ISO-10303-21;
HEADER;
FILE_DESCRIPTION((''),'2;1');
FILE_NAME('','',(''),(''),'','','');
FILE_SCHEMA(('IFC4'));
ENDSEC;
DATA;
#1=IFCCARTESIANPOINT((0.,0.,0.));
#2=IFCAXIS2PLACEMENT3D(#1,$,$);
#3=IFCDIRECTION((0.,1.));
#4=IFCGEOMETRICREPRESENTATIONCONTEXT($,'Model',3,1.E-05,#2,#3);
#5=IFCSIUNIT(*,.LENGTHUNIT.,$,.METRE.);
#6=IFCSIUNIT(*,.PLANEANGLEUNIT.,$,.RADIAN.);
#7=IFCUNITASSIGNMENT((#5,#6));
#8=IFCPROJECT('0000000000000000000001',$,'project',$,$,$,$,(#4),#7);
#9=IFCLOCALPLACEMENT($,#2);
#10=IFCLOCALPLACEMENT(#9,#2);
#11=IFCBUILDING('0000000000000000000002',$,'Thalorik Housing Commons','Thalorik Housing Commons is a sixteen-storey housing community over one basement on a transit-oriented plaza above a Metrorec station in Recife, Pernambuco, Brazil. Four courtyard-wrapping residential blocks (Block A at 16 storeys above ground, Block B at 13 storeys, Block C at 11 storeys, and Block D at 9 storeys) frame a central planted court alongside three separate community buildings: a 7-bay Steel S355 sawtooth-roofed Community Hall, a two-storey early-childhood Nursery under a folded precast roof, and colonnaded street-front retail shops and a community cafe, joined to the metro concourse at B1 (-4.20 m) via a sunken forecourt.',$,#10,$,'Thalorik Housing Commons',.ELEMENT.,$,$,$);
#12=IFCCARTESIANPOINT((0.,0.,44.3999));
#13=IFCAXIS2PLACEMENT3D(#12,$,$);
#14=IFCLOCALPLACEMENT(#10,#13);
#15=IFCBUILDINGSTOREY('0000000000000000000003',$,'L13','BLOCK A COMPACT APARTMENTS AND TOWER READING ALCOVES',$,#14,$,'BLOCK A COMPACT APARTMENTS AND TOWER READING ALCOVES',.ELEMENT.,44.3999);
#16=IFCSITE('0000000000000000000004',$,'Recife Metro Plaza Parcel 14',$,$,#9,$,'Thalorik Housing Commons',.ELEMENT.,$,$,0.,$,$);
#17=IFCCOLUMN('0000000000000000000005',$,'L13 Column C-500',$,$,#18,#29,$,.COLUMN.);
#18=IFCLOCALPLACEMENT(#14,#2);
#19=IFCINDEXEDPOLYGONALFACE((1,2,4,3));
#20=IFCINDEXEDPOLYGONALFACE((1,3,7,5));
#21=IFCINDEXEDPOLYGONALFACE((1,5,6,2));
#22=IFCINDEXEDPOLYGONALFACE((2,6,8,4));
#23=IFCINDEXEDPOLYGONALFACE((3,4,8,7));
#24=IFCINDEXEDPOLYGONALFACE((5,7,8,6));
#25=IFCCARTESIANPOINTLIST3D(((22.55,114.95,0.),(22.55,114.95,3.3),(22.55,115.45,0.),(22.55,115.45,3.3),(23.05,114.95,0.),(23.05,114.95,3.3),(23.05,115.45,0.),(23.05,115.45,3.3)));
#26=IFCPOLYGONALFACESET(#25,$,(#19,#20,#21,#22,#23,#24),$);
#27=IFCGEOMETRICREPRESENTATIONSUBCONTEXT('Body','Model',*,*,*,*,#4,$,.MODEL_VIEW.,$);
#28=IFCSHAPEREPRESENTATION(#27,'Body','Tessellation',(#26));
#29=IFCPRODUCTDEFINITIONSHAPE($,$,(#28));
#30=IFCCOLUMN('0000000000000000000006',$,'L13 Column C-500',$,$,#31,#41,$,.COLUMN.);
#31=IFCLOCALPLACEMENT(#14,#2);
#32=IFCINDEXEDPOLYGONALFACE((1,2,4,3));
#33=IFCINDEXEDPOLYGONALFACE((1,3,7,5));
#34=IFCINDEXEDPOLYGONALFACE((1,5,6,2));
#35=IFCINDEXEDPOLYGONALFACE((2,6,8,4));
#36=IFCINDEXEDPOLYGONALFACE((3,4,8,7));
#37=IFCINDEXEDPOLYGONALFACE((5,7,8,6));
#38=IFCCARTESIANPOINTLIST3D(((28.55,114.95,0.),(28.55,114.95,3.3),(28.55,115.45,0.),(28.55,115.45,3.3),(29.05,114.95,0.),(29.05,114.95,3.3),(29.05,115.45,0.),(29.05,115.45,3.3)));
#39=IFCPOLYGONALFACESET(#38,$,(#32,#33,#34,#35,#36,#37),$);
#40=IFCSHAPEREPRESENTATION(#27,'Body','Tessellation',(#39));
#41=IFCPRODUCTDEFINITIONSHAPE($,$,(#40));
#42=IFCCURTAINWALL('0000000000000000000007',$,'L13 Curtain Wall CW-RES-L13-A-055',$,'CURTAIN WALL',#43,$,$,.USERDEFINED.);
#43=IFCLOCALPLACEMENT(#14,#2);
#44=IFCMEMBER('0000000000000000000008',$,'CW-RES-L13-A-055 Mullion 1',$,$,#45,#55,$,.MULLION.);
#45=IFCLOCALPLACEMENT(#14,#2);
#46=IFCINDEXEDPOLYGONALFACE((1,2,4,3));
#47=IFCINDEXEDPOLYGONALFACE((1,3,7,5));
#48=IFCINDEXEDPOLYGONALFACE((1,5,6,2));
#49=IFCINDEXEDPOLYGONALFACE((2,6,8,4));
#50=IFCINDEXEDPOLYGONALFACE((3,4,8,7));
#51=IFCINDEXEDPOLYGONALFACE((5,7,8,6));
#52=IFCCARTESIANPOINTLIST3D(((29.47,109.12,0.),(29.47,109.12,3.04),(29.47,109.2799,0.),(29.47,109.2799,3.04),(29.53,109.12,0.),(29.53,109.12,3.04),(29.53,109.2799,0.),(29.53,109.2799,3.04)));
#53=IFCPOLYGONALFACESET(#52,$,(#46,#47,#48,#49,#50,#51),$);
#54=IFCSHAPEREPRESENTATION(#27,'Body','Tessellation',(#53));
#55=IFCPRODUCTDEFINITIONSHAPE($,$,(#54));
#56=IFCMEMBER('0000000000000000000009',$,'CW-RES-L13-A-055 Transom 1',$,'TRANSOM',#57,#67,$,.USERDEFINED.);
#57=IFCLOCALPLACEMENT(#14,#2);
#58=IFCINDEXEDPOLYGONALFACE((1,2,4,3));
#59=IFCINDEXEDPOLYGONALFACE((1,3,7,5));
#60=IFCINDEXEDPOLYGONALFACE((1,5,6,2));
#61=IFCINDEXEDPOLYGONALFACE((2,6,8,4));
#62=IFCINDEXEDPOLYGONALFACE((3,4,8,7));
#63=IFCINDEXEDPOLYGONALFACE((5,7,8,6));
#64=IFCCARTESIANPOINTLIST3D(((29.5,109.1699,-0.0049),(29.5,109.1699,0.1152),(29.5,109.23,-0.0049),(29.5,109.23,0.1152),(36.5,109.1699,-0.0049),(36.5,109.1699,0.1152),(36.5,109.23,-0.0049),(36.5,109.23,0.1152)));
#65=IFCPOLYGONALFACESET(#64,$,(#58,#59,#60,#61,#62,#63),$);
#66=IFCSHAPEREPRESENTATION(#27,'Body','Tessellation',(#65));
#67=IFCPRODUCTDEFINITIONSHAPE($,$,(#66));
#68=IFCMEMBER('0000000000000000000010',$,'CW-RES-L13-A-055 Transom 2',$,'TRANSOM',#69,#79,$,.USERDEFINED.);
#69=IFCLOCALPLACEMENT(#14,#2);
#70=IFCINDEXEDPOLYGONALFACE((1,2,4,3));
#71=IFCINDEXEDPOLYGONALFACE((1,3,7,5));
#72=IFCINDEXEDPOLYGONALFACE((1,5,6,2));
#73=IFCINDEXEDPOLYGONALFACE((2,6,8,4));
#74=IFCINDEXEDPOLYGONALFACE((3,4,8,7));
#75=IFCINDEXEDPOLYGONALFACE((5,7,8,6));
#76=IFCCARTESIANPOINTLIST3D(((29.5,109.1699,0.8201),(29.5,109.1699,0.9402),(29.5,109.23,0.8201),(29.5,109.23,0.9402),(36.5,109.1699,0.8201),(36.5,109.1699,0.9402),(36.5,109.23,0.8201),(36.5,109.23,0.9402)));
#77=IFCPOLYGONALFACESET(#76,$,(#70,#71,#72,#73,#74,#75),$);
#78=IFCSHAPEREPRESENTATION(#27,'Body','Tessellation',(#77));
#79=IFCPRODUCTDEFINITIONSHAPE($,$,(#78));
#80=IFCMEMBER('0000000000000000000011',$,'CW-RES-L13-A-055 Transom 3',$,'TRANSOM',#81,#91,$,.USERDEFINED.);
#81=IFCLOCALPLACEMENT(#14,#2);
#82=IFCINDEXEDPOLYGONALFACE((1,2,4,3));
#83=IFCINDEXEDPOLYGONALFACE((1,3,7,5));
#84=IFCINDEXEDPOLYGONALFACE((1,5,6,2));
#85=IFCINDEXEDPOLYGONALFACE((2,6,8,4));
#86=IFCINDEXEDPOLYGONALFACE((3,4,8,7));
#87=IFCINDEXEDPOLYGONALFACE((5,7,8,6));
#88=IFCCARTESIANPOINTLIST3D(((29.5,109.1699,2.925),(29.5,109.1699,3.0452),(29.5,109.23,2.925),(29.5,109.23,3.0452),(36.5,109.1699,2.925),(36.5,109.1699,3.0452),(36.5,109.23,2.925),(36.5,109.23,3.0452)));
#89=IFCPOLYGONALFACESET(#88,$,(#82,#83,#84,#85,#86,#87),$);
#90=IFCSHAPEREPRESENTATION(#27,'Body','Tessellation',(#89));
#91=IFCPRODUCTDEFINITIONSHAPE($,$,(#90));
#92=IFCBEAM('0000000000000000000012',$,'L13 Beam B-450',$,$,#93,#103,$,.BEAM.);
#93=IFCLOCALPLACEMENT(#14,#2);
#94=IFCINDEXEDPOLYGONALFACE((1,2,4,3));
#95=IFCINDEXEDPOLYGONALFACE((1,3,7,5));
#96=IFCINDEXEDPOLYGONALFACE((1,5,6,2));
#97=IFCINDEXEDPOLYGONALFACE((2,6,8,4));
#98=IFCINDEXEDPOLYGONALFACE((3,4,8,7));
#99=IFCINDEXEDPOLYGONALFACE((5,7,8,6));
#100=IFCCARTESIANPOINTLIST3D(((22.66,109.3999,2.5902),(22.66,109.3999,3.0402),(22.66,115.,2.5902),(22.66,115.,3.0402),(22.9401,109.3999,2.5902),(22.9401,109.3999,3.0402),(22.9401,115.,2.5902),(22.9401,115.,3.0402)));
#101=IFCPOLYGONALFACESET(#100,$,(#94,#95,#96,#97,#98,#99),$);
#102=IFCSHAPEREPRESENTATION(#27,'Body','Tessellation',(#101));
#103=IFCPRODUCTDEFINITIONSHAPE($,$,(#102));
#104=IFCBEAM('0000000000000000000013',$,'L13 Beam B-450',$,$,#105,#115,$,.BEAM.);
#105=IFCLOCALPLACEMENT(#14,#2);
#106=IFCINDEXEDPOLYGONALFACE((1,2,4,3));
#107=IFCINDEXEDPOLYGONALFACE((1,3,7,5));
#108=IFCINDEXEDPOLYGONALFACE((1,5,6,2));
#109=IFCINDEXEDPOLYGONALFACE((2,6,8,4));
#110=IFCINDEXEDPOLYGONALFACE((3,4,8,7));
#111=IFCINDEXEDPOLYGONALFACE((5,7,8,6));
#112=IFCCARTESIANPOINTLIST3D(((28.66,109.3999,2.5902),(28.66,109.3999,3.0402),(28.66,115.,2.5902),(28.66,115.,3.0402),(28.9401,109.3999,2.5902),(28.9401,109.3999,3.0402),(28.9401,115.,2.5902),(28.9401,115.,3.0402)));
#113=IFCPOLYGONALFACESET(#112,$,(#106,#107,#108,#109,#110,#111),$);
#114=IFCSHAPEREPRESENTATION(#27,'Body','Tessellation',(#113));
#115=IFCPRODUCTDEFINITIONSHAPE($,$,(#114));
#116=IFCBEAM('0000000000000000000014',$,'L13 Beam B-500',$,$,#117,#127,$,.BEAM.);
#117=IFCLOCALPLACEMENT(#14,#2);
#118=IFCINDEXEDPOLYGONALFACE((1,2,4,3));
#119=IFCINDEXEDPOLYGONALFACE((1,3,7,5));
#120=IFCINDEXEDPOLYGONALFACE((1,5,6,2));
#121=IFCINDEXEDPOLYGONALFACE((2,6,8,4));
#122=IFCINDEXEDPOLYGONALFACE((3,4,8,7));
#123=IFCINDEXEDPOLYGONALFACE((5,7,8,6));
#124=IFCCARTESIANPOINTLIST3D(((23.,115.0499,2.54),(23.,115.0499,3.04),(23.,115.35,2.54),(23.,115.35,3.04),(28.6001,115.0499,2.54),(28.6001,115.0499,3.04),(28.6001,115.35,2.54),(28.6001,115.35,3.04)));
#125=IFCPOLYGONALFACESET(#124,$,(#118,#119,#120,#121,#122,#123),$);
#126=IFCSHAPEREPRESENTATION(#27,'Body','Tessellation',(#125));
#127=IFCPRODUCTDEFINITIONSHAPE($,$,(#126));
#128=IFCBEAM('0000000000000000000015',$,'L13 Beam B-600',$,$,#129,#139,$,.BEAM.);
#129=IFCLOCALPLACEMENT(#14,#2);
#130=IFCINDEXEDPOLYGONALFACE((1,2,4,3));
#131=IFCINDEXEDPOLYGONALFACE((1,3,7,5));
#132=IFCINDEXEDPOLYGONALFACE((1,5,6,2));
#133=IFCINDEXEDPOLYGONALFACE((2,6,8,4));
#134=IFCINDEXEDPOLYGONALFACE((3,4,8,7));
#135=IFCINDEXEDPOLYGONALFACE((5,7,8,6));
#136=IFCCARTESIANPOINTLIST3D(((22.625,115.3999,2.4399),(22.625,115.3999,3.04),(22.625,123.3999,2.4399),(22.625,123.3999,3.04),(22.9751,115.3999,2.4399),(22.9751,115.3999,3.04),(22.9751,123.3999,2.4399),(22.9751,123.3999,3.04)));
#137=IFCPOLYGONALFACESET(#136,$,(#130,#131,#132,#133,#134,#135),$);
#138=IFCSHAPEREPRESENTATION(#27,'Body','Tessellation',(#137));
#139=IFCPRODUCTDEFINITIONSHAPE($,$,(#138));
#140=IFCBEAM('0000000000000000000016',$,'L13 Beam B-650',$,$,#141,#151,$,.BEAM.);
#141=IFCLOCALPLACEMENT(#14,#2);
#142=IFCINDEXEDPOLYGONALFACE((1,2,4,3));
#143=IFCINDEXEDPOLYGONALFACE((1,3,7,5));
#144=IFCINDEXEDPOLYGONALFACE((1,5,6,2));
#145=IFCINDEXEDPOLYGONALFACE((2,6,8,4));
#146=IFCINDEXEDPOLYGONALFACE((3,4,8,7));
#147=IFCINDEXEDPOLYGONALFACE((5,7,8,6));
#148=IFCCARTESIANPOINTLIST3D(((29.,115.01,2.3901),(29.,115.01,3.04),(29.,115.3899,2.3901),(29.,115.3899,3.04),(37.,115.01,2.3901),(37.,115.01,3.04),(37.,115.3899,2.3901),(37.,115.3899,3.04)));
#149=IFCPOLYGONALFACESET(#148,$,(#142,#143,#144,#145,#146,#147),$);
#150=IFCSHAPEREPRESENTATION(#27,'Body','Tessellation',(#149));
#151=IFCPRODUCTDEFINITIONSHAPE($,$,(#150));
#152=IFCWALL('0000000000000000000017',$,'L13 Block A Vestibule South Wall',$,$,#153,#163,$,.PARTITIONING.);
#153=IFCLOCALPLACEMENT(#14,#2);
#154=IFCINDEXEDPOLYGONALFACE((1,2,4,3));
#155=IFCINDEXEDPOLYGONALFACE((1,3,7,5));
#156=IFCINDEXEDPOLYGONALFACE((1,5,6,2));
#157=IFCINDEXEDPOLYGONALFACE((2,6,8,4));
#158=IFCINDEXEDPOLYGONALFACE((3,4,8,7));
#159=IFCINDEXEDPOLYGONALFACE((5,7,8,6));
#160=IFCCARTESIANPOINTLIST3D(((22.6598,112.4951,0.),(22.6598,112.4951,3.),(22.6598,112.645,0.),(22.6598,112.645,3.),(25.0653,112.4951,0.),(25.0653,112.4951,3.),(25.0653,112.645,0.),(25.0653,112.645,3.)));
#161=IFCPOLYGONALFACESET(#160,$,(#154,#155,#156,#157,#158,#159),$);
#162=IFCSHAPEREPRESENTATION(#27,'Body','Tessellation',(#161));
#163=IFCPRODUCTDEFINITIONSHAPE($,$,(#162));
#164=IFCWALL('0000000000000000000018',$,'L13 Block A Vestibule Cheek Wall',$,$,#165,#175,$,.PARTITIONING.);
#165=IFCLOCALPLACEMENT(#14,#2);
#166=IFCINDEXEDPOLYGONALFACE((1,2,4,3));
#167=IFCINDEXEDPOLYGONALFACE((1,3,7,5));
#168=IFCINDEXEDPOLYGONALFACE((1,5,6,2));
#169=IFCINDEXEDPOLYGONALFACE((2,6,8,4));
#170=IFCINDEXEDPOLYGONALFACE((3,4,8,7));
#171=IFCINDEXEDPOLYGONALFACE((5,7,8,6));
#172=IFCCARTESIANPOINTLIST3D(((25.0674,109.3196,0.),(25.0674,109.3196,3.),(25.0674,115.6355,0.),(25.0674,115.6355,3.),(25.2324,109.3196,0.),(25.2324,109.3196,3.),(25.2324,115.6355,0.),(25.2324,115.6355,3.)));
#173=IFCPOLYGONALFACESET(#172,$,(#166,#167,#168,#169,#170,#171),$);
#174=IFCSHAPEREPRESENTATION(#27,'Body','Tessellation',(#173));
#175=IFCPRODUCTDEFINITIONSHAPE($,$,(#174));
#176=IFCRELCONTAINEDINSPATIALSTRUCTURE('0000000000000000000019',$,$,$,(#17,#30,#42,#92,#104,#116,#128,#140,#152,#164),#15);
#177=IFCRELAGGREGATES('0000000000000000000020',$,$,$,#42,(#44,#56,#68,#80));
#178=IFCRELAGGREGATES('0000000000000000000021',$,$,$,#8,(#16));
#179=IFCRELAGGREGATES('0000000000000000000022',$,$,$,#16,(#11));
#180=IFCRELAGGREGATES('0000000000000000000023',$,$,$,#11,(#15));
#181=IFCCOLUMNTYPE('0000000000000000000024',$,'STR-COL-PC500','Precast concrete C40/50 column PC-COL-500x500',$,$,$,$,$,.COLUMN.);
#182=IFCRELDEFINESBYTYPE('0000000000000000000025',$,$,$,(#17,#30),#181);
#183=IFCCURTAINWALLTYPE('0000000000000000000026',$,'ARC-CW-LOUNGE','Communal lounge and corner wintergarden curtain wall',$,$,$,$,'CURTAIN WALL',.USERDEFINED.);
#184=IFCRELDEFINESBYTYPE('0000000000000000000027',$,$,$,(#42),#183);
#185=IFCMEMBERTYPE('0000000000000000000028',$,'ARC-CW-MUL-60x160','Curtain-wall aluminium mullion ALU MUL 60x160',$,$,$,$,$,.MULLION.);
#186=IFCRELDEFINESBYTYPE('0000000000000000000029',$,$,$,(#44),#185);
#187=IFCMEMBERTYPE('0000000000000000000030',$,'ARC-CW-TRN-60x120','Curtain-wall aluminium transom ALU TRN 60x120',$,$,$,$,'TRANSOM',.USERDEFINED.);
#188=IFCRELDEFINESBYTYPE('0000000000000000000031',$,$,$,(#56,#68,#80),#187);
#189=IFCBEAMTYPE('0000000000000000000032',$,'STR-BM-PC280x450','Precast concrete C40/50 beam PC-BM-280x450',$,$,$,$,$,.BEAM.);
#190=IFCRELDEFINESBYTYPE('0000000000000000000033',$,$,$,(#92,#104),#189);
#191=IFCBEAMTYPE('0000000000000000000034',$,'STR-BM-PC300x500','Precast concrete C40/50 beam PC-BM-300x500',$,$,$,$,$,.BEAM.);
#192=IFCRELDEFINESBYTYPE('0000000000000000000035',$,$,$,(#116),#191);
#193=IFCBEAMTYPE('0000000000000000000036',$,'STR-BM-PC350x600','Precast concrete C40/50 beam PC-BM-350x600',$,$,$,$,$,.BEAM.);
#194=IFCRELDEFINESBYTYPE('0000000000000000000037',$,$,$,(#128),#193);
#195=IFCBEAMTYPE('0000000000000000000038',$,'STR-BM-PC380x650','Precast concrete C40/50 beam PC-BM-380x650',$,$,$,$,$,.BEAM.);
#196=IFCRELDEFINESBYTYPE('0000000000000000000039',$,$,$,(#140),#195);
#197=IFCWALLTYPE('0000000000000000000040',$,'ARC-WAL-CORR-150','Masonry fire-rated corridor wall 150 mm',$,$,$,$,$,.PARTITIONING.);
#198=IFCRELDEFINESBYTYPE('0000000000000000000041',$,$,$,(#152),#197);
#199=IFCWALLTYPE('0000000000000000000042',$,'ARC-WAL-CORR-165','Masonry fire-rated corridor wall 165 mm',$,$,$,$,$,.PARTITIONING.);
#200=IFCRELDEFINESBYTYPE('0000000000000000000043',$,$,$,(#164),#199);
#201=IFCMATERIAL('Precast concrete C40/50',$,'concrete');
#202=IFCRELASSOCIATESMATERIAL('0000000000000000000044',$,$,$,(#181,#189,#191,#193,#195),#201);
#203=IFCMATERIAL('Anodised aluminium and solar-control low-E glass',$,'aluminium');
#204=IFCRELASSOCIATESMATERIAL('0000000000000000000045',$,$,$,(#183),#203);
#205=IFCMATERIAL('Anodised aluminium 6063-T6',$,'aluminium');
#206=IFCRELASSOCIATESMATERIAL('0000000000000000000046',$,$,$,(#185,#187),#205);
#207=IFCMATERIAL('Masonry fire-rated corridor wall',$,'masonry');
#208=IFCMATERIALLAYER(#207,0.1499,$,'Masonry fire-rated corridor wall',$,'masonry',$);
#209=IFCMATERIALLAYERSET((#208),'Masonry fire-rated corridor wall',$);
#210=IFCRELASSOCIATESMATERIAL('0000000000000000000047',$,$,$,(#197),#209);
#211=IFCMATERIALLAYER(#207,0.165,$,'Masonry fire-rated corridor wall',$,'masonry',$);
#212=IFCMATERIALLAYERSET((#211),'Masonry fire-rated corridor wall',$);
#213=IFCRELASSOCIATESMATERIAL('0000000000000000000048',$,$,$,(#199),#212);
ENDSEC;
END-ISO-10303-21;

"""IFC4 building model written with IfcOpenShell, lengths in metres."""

from ifc_helpers import new_model, si_unit, direction, frame, frame_2d, origin, origin_2d, place, context, subcontext, project, spatial, rectangle, extrude, material, layer, layer_set, material_profile, profile_set, type_object, element, aggregate, save


model = new_model("IFC4")

# Units and contexts
model_context = context("Model", 3, precision=1e-05, world=origin(), true_north=direction((0.0, 1.0)))
body_context = subcontext(model_context, "Body", "Model", "MODEL_VIEW")
ifc_project = project(units=[si_unit("LENGTHUNIT", "METRE"), si_unit("PLANEANGLEUNIT", "RADIAN")], contexts=[model_context])

# Site, building, storey
site_placement = place(None, origin())
site = spatial("IfcSite", under=ifc_project, at=site_placement, Name="Recife Metro Plaza Parcel 14", LongName="Thalorik Housing Commons", CompositionType="ELEMENT", RefElevation=0.0)
building_placement = place(site_placement, origin())
building = spatial("IfcBuilding", under=site, at=building_placement, Name="Thalorik Housing Commons", Description="Thalorik Housing Commons is a sixteen-storey housing community over one basement on a transit-oriented plaza above a Metrorec station in Recife, Pernambuco, Brazil. Four courtyard-wrapping residential blocks (Block A at 16 storeys above ground, Block B at 13 storeys, Block C at 11 storeys, and Block D at 9 storeys) frame a central planted court alongside three separate community buildings: a 7-bay Steel S355 sawtooth-roofed Community Hall, a two-storey early-childhood Nursery under a folded precast roof, and colonnaded street-front retail shops and a community cafe, joined to the metro concourse at B1 (-4.20 m) via a sunken forecourt.", LongName="Thalorik Housing Commons", CompositionType="ELEMENT")
storey_placement = place(building_placement, frame((0.0, 0.0, 44.3999)))
storey = spatial("IfcBuildingStorey", under=building, at=storey_placement, Name="L13", Description="BLOCK A COMPACT APARTMENTS AND TOWER READING ALCOVES", LongName="BLOCK A COMPACT APARTMENTS AND TOWER READING ALCOVES", CompositionType="ELEMENT", Elevation=44.3999)

# Columns
ifc_material_1 = material(Name="Precast concrete C40/50", Category="concrete")
ifc_material_profile_1 = material_profile(ifc_material_1, rectangle(XDim=0.5, YDim=0.5, at=origin_2d()), Name="PC 500x500", Category="concrete")
ifc_profile_set_1 = profile_set([ifc_material_profile_1], Name="Precast concrete C40/50")
column_type = type_object("IfcColumnType", Name="STR-COL-PC500", Description="Precast concrete C40/50 column PC-COL-500x500", PredefinedType="COLUMN", material=ifc_profile_set_1)
for number, where, z_axis, x_axis, name in (
    (1, (22.8, 115.2, 0.0), (0.0, 0.0, 1.0), (1.0, 0.0, 0.0), "L13 Column C-500"),
    (2, (28.8, 115.2, 0.0), (0.0, 0.0, 1.0), (1.0, 0.0, 0.0), "L13 Column C-500"),
):
    element("IfcColumn", number, at=place(storey_placement, frame(where, z_axis=z_axis, x_axis=x_axis)), inside=storey, type_object=column_type, Name=name, PredefinedType="COLUMN", context=body_context, shape_type="SweptSolid", body=[
        extrude(rectangle(XDim=0.5, YDim=0.5, at=origin_2d()), origin(), (0.0, 0.0, 1.0), 3.3),
    ])

# Curtain wall, members
ifc_material_2 = material(Name="Anodised aluminium and solar-control low-E glass", Category="aluminium")
curtain_wall_type = type_object("IfcCurtainWallType", Name="ARC-CW-LOUNGE", Description="Communal lounge and corner wintergarden curtain wall", ElementType="CURTAIN WALL", PredefinedType="USERDEFINED", material=ifc_material_2)
curtain_wall_placement = place(storey_placement, origin())
curtain_wall = element("IfcCurtainWall", 3, at=curtain_wall_placement, inside=storey, type_object=curtain_wall_type, Name="L13 Curtain Wall CW-RES-L13-A-055", ObjectType="CURTAIN WALL", PredefinedType="USERDEFINED")
ifc_material_3 = material(Name="Anodised aluminium 6063-T6", Category="aluminium")
ifc_material_profile_2 = material_profile(ifc_material_3, rectangle(XDim=0.0601, YDim=0.1599, at=origin_2d()), Name="ALU MUL 60x160", Category="aluminium")
ifc_profile_set_2 = profile_set([ifc_material_profile_2], Name="Anodised aluminium 6063-T6")
member_type_1 = type_object("IfcMemberType", Name="ARC-CW-MUL-60x160", Description="Curtain-wall aluminium mullion ALU MUL 60x160", PredefinedType="MULLION", material=ifc_profile_set_2)
member_1_placement = place(storey_placement, frame((29.5, 109.2, 0.0), z_axis=(0.0, 0.0, 1.0), x_axis=(1.0, 0.0, 0.0)))
member_1 = element("IfcMember", 4, at=member_1_placement, type_object=member_type_1, Name="CW-RES-L13-A-055 Mullion 1", PredefinedType="MULLION", context=body_context, shape_type="SweptSolid", body=[
    extrude(rectangle(XDim=0.0601, YDim=0.1599, at=origin_2d()), origin(), (0.0, 0.0, 1.0), 3.04),
])
ifc_material_profile_3 = material_profile(ifc_material_3, rectangle(XDim=0.0601, YDim=0.1201, at=origin_2d()), Name="ALU TRN 60x120", Category="aluminium")
ifc_profile_set_3 = profile_set([ifc_material_profile_3], Name="Anodised aluminium 6063-T6")
member_type_2 = type_object("IfcMemberType", Name="ARC-CW-TRN-60x120", Description="Curtain-wall aluminium transom ALU TRN 60x120", ElementType="TRANSOM", PredefinedType="USERDEFINED", material=ifc_profile_set_3)
member_2_placement = place(storey_placement, frame((29.5, 109.2, 0.0552), z_axis=(1.0, 0.0, 0.0), x_axis=(0.0, 1.0, 0.0)))
member_2 = element("IfcMember", 5, at=member_2_placement, type_object=member_type_2, Name="CW-RES-L13-A-055 Transom 1", ObjectType="TRANSOM", PredefinedType="USERDEFINED", context=body_context, shape_type="SweptSolid", body=[
    extrude(rectangle(XDim=0.0601, YDim=0.1201, at=origin_2d()), origin(), (0.0, 0.0, 1.0), 7.0),
])
member_3_placement = place(storey_placement, frame((29.5, 109.2, 0.8801), z_axis=(1.0, 0.0, 0.0), x_axis=(0.0, 1.0, 0.0)))
member_3 = element("IfcMember", 6, at=member_3_placement, type_object=member_type_2, Name="CW-RES-L13-A-055 Transom 2", ObjectType="TRANSOM", PredefinedType="USERDEFINED", context=body_context, shape_type="SweptSolid", body=[
    extrude(rectangle(XDim=0.0601, YDim=0.1201, at=origin_2d()), origin(), (0.0, 0.0, 1.0), 7.0),
])
member_4_placement = place(storey_placement, frame((29.5, 109.2, 2.9851), z_axis=(1.0, 0.0, 0.0), x_axis=(0.0, 1.0, 0.0)))
member_4 = element("IfcMember", 7, at=member_4_placement, type_object=member_type_2, Name="CW-RES-L13-A-055 Transom 3", ObjectType="TRANSOM", PredefinedType="USERDEFINED", context=body_context, shape_type="SweptSolid", body=[
    extrude(rectangle(XDim=0.0601, YDim=0.1201, at=origin_2d()), origin(), (0.0, 0.0, 1.0), 7.0),
])
aggregate(curtain_wall, [member_1, member_2, member_3, member_4])

# Beams
ifc_material_profile_4 = material_profile(ifc_material_1, rectangle(XDim=0.28, YDim=0.45, at=origin_2d()), Name="PC 280x450", Category="concrete")
ifc_profile_set_4 = profile_set([ifc_material_profile_4], Name="Precast concrete C40/50")
beam_type_1 = type_object("IfcBeamType", Name="STR-BM-PC280x450", Description="Precast concrete C40/50 beam PC-BM-280x450", PredefinedType="BEAM", material=ifc_profile_set_4)
for number, where, z_axis, x_axis, name in (
    (8, (22.8, 109.3999, 2.8152), (0.0, 1.0, 0.0), (-1.0, 0.0, 0.0), "L13 Beam B-450"),
    (9, (28.8, 109.3999, 2.8152), (0.0, 1.0, 0.0), (-1.0, 0.0, 0.0), "L13 Beam B-450"),
):
    element("IfcBeam", number, at=place(storey_placement, frame(where, z_axis=z_axis, x_axis=x_axis)), inside=storey, type_object=beam_type_1, Name=name, PredefinedType="BEAM", context=body_context, shape_type="SweptSolid", body=[
        extrude(rectangle(XDim=0.28, YDim=0.45, at=origin_2d()), origin(), (0.0, 0.0, 1.0), 5.6001),
    ])
ifc_material_profile_5 = material_profile(ifc_material_1, rectangle(XDim=0.3, YDim=0.5, at=origin_2d()), Name="PC 300x500", Category="concrete")
ifc_profile_set_5 = profile_set([ifc_material_profile_5], Name="Precast concrete C40/50")
beam_type_2 = type_object("IfcBeamType", Name="STR-BM-PC300x500", Description="Precast concrete C40/50 beam PC-BM-300x500", PredefinedType="BEAM", material=ifc_profile_set_5)
beam_1_placement = place(storey_placement, frame((23.0, 115.2, 2.79), z_axis=(1.0, 0.0, 0.0), x_axis=(0.0, 1.0, 0.0)))
element("IfcBeam", 10, at=beam_1_placement, inside=storey, type_object=beam_type_2, Name="L13 Beam B-500", PredefinedType="BEAM", context=body_context, shape_type="SweptSolid", body=[
    extrude(rectangle(XDim=0.3, YDim=0.5, at=origin_2d()), origin(), (0.0, 0.0, 1.0), 5.6001),
])
ifc_material_profile_6 = material_profile(ifc_material_1, rectangle(XDim=0.3501, YDim=0.6001, at=origin_2d()), Name="PC 350x600", Category="concrete")
ifc_profile_set_6 = profile_set([ifc_material_profile_6], Name="Precast concrete C40/50")
beam_type_3 = type_object("IfcBeamType", Name="STR-BM-PC350x600", Description="Precast concrete C40/50 beam PC-BM-350x600", PredefinedType="BEAM", material=ifc_profile_set_6)
beam_2_placement = place(storey_placement, frame((22.8, 115.3999, 2.74), z_axis=(0.0, 1.0, 0.0), x_axis=(-1.0, 0.0, 0.0)))
element("IfcBeam", 11, at=beam_2_placement, inside=storey, type_object=beam_type_3, Name="L13 Beam B-600", PredefinedType="BEAM", context=body_context, shape_type="SweptSolid", body=[
    extrude(rectangle(XDim=0.3501, YDim=0.6001, at=origin_2d()), origin(), (0.0, 0.0, 1.0), 8.0),
])
ifc_material_profile_7 = material_profile(ifc_material_1, rectangle(XDim=0.3799, YDim=0.6499, at=origin_2d()), Name="PC 380x650", Category="concrete")
ifc_profile_set_7 = profile_set([ifc_material_profile_7], Name="Precast concrete C40/50")
beam_type_4 = type_object("IfcBeamType", Name="STR-BM-PC380x650", Description="Precast concrete C40/50 beam PC-BM-380x650", PredefinedType="BEAM", material=ifc_profile_set_7)
beam_3_placement = place(storey_placement, frame((29.0, 115.2, 2.7151), z_axis=(1.0, 0.0, 0.0), x_axis=(0.0, 1.0, 0.0)))
element("IfcBeam", 12, at=beam_3_placement, inside=storey, type_object=beam_type_4, Name="L13 Beam B-650", PredefinedType="BEAM", context=body_context, shape_type="SweptSolid", body=[
    extrude(rectangle(XDim=0.3799, YDim=0.6499, at=origin_2d()), origin(), (0.0, 0.0, 1.0), 8.0),
])

# Walls
ifc_material_4 = material(Name="Masonry fire-rated corridor wall", Category="masonry")
ifc_layer_1 = layer(ifc_material_4, 0.1499, Name="Masonry fire-rated corridor wall", Category="masonry")
ifc_layer_set_1 = layer_set([ifc_layer_1], Name="Masonry fire-rated corridor wall")
wall_type_1 = type_object("IfcWallType", Name="ARC-WAL-CORR-150", Description="Masonry fire-rated corridor wall 150 mm", PredefinedType="PARTITIONING", material=ifc_layer_set_1)
wall_1_placement = place(storey_placement, frame((22.6599, 112.5701, 0.0), z_axis=(0.0, 0.0, 1.0), x_axis=(1.0, 0.0, 0.0)))
element("IfcWall", 13, at=wall_1_placement, inside=storey, type_object=wall_type_1, Name="L13 Block A Vestibule South Wall", PredefinedType="PARTITIONING", context=body_context, shape_type="SweptSolid", body=[
    extrude(rectangle(XDim=2.4055, YDim=0.1499, at=frame_2d((1.2026, 0.0))), origin(), (0.0, 0.0, 1.0), 3.0),
])
ifc_layer_2 = layer(ifc_material_4, 0.165, Name="Masonry fire-rated corridor wall", Category="masonry")
ifc_layer_set_2 = layer_set([ifc_layer_2], Name="Masonry fire-rated corridor wall")
wall_type_2 = type_object("IfcWallType", Name="ARC-WAL-CORR-165", Description="Masonry fire-rated corridor wall 165 mm", PredefinedType="PARTITIONING", material=ifc_layer_set_2)
wall_2_placement = place(storey_placement, frame((25.1499, 109.3196, 0.0), z_axis=(0.0, 0.0, 1.0), x_axis=(0.0, 1.0, 0.0)))
element("IfcWall", 14, at=wall_2_placement, inside=storey, type_object=wall_type_2, Name="L13 Block A Vestibule Cheek Wall", PredefinedType="PARTITIONING", context=body_context, shape_type="SweptSolid", body=[
    extrude(rectangle(XDim=6.3159, YDim=0.165, at=frame_2d((3.158, 0.0))), origin(), (0.0, 0.0, 1.0), 3.0),
])

save(model, "model.ifc")
